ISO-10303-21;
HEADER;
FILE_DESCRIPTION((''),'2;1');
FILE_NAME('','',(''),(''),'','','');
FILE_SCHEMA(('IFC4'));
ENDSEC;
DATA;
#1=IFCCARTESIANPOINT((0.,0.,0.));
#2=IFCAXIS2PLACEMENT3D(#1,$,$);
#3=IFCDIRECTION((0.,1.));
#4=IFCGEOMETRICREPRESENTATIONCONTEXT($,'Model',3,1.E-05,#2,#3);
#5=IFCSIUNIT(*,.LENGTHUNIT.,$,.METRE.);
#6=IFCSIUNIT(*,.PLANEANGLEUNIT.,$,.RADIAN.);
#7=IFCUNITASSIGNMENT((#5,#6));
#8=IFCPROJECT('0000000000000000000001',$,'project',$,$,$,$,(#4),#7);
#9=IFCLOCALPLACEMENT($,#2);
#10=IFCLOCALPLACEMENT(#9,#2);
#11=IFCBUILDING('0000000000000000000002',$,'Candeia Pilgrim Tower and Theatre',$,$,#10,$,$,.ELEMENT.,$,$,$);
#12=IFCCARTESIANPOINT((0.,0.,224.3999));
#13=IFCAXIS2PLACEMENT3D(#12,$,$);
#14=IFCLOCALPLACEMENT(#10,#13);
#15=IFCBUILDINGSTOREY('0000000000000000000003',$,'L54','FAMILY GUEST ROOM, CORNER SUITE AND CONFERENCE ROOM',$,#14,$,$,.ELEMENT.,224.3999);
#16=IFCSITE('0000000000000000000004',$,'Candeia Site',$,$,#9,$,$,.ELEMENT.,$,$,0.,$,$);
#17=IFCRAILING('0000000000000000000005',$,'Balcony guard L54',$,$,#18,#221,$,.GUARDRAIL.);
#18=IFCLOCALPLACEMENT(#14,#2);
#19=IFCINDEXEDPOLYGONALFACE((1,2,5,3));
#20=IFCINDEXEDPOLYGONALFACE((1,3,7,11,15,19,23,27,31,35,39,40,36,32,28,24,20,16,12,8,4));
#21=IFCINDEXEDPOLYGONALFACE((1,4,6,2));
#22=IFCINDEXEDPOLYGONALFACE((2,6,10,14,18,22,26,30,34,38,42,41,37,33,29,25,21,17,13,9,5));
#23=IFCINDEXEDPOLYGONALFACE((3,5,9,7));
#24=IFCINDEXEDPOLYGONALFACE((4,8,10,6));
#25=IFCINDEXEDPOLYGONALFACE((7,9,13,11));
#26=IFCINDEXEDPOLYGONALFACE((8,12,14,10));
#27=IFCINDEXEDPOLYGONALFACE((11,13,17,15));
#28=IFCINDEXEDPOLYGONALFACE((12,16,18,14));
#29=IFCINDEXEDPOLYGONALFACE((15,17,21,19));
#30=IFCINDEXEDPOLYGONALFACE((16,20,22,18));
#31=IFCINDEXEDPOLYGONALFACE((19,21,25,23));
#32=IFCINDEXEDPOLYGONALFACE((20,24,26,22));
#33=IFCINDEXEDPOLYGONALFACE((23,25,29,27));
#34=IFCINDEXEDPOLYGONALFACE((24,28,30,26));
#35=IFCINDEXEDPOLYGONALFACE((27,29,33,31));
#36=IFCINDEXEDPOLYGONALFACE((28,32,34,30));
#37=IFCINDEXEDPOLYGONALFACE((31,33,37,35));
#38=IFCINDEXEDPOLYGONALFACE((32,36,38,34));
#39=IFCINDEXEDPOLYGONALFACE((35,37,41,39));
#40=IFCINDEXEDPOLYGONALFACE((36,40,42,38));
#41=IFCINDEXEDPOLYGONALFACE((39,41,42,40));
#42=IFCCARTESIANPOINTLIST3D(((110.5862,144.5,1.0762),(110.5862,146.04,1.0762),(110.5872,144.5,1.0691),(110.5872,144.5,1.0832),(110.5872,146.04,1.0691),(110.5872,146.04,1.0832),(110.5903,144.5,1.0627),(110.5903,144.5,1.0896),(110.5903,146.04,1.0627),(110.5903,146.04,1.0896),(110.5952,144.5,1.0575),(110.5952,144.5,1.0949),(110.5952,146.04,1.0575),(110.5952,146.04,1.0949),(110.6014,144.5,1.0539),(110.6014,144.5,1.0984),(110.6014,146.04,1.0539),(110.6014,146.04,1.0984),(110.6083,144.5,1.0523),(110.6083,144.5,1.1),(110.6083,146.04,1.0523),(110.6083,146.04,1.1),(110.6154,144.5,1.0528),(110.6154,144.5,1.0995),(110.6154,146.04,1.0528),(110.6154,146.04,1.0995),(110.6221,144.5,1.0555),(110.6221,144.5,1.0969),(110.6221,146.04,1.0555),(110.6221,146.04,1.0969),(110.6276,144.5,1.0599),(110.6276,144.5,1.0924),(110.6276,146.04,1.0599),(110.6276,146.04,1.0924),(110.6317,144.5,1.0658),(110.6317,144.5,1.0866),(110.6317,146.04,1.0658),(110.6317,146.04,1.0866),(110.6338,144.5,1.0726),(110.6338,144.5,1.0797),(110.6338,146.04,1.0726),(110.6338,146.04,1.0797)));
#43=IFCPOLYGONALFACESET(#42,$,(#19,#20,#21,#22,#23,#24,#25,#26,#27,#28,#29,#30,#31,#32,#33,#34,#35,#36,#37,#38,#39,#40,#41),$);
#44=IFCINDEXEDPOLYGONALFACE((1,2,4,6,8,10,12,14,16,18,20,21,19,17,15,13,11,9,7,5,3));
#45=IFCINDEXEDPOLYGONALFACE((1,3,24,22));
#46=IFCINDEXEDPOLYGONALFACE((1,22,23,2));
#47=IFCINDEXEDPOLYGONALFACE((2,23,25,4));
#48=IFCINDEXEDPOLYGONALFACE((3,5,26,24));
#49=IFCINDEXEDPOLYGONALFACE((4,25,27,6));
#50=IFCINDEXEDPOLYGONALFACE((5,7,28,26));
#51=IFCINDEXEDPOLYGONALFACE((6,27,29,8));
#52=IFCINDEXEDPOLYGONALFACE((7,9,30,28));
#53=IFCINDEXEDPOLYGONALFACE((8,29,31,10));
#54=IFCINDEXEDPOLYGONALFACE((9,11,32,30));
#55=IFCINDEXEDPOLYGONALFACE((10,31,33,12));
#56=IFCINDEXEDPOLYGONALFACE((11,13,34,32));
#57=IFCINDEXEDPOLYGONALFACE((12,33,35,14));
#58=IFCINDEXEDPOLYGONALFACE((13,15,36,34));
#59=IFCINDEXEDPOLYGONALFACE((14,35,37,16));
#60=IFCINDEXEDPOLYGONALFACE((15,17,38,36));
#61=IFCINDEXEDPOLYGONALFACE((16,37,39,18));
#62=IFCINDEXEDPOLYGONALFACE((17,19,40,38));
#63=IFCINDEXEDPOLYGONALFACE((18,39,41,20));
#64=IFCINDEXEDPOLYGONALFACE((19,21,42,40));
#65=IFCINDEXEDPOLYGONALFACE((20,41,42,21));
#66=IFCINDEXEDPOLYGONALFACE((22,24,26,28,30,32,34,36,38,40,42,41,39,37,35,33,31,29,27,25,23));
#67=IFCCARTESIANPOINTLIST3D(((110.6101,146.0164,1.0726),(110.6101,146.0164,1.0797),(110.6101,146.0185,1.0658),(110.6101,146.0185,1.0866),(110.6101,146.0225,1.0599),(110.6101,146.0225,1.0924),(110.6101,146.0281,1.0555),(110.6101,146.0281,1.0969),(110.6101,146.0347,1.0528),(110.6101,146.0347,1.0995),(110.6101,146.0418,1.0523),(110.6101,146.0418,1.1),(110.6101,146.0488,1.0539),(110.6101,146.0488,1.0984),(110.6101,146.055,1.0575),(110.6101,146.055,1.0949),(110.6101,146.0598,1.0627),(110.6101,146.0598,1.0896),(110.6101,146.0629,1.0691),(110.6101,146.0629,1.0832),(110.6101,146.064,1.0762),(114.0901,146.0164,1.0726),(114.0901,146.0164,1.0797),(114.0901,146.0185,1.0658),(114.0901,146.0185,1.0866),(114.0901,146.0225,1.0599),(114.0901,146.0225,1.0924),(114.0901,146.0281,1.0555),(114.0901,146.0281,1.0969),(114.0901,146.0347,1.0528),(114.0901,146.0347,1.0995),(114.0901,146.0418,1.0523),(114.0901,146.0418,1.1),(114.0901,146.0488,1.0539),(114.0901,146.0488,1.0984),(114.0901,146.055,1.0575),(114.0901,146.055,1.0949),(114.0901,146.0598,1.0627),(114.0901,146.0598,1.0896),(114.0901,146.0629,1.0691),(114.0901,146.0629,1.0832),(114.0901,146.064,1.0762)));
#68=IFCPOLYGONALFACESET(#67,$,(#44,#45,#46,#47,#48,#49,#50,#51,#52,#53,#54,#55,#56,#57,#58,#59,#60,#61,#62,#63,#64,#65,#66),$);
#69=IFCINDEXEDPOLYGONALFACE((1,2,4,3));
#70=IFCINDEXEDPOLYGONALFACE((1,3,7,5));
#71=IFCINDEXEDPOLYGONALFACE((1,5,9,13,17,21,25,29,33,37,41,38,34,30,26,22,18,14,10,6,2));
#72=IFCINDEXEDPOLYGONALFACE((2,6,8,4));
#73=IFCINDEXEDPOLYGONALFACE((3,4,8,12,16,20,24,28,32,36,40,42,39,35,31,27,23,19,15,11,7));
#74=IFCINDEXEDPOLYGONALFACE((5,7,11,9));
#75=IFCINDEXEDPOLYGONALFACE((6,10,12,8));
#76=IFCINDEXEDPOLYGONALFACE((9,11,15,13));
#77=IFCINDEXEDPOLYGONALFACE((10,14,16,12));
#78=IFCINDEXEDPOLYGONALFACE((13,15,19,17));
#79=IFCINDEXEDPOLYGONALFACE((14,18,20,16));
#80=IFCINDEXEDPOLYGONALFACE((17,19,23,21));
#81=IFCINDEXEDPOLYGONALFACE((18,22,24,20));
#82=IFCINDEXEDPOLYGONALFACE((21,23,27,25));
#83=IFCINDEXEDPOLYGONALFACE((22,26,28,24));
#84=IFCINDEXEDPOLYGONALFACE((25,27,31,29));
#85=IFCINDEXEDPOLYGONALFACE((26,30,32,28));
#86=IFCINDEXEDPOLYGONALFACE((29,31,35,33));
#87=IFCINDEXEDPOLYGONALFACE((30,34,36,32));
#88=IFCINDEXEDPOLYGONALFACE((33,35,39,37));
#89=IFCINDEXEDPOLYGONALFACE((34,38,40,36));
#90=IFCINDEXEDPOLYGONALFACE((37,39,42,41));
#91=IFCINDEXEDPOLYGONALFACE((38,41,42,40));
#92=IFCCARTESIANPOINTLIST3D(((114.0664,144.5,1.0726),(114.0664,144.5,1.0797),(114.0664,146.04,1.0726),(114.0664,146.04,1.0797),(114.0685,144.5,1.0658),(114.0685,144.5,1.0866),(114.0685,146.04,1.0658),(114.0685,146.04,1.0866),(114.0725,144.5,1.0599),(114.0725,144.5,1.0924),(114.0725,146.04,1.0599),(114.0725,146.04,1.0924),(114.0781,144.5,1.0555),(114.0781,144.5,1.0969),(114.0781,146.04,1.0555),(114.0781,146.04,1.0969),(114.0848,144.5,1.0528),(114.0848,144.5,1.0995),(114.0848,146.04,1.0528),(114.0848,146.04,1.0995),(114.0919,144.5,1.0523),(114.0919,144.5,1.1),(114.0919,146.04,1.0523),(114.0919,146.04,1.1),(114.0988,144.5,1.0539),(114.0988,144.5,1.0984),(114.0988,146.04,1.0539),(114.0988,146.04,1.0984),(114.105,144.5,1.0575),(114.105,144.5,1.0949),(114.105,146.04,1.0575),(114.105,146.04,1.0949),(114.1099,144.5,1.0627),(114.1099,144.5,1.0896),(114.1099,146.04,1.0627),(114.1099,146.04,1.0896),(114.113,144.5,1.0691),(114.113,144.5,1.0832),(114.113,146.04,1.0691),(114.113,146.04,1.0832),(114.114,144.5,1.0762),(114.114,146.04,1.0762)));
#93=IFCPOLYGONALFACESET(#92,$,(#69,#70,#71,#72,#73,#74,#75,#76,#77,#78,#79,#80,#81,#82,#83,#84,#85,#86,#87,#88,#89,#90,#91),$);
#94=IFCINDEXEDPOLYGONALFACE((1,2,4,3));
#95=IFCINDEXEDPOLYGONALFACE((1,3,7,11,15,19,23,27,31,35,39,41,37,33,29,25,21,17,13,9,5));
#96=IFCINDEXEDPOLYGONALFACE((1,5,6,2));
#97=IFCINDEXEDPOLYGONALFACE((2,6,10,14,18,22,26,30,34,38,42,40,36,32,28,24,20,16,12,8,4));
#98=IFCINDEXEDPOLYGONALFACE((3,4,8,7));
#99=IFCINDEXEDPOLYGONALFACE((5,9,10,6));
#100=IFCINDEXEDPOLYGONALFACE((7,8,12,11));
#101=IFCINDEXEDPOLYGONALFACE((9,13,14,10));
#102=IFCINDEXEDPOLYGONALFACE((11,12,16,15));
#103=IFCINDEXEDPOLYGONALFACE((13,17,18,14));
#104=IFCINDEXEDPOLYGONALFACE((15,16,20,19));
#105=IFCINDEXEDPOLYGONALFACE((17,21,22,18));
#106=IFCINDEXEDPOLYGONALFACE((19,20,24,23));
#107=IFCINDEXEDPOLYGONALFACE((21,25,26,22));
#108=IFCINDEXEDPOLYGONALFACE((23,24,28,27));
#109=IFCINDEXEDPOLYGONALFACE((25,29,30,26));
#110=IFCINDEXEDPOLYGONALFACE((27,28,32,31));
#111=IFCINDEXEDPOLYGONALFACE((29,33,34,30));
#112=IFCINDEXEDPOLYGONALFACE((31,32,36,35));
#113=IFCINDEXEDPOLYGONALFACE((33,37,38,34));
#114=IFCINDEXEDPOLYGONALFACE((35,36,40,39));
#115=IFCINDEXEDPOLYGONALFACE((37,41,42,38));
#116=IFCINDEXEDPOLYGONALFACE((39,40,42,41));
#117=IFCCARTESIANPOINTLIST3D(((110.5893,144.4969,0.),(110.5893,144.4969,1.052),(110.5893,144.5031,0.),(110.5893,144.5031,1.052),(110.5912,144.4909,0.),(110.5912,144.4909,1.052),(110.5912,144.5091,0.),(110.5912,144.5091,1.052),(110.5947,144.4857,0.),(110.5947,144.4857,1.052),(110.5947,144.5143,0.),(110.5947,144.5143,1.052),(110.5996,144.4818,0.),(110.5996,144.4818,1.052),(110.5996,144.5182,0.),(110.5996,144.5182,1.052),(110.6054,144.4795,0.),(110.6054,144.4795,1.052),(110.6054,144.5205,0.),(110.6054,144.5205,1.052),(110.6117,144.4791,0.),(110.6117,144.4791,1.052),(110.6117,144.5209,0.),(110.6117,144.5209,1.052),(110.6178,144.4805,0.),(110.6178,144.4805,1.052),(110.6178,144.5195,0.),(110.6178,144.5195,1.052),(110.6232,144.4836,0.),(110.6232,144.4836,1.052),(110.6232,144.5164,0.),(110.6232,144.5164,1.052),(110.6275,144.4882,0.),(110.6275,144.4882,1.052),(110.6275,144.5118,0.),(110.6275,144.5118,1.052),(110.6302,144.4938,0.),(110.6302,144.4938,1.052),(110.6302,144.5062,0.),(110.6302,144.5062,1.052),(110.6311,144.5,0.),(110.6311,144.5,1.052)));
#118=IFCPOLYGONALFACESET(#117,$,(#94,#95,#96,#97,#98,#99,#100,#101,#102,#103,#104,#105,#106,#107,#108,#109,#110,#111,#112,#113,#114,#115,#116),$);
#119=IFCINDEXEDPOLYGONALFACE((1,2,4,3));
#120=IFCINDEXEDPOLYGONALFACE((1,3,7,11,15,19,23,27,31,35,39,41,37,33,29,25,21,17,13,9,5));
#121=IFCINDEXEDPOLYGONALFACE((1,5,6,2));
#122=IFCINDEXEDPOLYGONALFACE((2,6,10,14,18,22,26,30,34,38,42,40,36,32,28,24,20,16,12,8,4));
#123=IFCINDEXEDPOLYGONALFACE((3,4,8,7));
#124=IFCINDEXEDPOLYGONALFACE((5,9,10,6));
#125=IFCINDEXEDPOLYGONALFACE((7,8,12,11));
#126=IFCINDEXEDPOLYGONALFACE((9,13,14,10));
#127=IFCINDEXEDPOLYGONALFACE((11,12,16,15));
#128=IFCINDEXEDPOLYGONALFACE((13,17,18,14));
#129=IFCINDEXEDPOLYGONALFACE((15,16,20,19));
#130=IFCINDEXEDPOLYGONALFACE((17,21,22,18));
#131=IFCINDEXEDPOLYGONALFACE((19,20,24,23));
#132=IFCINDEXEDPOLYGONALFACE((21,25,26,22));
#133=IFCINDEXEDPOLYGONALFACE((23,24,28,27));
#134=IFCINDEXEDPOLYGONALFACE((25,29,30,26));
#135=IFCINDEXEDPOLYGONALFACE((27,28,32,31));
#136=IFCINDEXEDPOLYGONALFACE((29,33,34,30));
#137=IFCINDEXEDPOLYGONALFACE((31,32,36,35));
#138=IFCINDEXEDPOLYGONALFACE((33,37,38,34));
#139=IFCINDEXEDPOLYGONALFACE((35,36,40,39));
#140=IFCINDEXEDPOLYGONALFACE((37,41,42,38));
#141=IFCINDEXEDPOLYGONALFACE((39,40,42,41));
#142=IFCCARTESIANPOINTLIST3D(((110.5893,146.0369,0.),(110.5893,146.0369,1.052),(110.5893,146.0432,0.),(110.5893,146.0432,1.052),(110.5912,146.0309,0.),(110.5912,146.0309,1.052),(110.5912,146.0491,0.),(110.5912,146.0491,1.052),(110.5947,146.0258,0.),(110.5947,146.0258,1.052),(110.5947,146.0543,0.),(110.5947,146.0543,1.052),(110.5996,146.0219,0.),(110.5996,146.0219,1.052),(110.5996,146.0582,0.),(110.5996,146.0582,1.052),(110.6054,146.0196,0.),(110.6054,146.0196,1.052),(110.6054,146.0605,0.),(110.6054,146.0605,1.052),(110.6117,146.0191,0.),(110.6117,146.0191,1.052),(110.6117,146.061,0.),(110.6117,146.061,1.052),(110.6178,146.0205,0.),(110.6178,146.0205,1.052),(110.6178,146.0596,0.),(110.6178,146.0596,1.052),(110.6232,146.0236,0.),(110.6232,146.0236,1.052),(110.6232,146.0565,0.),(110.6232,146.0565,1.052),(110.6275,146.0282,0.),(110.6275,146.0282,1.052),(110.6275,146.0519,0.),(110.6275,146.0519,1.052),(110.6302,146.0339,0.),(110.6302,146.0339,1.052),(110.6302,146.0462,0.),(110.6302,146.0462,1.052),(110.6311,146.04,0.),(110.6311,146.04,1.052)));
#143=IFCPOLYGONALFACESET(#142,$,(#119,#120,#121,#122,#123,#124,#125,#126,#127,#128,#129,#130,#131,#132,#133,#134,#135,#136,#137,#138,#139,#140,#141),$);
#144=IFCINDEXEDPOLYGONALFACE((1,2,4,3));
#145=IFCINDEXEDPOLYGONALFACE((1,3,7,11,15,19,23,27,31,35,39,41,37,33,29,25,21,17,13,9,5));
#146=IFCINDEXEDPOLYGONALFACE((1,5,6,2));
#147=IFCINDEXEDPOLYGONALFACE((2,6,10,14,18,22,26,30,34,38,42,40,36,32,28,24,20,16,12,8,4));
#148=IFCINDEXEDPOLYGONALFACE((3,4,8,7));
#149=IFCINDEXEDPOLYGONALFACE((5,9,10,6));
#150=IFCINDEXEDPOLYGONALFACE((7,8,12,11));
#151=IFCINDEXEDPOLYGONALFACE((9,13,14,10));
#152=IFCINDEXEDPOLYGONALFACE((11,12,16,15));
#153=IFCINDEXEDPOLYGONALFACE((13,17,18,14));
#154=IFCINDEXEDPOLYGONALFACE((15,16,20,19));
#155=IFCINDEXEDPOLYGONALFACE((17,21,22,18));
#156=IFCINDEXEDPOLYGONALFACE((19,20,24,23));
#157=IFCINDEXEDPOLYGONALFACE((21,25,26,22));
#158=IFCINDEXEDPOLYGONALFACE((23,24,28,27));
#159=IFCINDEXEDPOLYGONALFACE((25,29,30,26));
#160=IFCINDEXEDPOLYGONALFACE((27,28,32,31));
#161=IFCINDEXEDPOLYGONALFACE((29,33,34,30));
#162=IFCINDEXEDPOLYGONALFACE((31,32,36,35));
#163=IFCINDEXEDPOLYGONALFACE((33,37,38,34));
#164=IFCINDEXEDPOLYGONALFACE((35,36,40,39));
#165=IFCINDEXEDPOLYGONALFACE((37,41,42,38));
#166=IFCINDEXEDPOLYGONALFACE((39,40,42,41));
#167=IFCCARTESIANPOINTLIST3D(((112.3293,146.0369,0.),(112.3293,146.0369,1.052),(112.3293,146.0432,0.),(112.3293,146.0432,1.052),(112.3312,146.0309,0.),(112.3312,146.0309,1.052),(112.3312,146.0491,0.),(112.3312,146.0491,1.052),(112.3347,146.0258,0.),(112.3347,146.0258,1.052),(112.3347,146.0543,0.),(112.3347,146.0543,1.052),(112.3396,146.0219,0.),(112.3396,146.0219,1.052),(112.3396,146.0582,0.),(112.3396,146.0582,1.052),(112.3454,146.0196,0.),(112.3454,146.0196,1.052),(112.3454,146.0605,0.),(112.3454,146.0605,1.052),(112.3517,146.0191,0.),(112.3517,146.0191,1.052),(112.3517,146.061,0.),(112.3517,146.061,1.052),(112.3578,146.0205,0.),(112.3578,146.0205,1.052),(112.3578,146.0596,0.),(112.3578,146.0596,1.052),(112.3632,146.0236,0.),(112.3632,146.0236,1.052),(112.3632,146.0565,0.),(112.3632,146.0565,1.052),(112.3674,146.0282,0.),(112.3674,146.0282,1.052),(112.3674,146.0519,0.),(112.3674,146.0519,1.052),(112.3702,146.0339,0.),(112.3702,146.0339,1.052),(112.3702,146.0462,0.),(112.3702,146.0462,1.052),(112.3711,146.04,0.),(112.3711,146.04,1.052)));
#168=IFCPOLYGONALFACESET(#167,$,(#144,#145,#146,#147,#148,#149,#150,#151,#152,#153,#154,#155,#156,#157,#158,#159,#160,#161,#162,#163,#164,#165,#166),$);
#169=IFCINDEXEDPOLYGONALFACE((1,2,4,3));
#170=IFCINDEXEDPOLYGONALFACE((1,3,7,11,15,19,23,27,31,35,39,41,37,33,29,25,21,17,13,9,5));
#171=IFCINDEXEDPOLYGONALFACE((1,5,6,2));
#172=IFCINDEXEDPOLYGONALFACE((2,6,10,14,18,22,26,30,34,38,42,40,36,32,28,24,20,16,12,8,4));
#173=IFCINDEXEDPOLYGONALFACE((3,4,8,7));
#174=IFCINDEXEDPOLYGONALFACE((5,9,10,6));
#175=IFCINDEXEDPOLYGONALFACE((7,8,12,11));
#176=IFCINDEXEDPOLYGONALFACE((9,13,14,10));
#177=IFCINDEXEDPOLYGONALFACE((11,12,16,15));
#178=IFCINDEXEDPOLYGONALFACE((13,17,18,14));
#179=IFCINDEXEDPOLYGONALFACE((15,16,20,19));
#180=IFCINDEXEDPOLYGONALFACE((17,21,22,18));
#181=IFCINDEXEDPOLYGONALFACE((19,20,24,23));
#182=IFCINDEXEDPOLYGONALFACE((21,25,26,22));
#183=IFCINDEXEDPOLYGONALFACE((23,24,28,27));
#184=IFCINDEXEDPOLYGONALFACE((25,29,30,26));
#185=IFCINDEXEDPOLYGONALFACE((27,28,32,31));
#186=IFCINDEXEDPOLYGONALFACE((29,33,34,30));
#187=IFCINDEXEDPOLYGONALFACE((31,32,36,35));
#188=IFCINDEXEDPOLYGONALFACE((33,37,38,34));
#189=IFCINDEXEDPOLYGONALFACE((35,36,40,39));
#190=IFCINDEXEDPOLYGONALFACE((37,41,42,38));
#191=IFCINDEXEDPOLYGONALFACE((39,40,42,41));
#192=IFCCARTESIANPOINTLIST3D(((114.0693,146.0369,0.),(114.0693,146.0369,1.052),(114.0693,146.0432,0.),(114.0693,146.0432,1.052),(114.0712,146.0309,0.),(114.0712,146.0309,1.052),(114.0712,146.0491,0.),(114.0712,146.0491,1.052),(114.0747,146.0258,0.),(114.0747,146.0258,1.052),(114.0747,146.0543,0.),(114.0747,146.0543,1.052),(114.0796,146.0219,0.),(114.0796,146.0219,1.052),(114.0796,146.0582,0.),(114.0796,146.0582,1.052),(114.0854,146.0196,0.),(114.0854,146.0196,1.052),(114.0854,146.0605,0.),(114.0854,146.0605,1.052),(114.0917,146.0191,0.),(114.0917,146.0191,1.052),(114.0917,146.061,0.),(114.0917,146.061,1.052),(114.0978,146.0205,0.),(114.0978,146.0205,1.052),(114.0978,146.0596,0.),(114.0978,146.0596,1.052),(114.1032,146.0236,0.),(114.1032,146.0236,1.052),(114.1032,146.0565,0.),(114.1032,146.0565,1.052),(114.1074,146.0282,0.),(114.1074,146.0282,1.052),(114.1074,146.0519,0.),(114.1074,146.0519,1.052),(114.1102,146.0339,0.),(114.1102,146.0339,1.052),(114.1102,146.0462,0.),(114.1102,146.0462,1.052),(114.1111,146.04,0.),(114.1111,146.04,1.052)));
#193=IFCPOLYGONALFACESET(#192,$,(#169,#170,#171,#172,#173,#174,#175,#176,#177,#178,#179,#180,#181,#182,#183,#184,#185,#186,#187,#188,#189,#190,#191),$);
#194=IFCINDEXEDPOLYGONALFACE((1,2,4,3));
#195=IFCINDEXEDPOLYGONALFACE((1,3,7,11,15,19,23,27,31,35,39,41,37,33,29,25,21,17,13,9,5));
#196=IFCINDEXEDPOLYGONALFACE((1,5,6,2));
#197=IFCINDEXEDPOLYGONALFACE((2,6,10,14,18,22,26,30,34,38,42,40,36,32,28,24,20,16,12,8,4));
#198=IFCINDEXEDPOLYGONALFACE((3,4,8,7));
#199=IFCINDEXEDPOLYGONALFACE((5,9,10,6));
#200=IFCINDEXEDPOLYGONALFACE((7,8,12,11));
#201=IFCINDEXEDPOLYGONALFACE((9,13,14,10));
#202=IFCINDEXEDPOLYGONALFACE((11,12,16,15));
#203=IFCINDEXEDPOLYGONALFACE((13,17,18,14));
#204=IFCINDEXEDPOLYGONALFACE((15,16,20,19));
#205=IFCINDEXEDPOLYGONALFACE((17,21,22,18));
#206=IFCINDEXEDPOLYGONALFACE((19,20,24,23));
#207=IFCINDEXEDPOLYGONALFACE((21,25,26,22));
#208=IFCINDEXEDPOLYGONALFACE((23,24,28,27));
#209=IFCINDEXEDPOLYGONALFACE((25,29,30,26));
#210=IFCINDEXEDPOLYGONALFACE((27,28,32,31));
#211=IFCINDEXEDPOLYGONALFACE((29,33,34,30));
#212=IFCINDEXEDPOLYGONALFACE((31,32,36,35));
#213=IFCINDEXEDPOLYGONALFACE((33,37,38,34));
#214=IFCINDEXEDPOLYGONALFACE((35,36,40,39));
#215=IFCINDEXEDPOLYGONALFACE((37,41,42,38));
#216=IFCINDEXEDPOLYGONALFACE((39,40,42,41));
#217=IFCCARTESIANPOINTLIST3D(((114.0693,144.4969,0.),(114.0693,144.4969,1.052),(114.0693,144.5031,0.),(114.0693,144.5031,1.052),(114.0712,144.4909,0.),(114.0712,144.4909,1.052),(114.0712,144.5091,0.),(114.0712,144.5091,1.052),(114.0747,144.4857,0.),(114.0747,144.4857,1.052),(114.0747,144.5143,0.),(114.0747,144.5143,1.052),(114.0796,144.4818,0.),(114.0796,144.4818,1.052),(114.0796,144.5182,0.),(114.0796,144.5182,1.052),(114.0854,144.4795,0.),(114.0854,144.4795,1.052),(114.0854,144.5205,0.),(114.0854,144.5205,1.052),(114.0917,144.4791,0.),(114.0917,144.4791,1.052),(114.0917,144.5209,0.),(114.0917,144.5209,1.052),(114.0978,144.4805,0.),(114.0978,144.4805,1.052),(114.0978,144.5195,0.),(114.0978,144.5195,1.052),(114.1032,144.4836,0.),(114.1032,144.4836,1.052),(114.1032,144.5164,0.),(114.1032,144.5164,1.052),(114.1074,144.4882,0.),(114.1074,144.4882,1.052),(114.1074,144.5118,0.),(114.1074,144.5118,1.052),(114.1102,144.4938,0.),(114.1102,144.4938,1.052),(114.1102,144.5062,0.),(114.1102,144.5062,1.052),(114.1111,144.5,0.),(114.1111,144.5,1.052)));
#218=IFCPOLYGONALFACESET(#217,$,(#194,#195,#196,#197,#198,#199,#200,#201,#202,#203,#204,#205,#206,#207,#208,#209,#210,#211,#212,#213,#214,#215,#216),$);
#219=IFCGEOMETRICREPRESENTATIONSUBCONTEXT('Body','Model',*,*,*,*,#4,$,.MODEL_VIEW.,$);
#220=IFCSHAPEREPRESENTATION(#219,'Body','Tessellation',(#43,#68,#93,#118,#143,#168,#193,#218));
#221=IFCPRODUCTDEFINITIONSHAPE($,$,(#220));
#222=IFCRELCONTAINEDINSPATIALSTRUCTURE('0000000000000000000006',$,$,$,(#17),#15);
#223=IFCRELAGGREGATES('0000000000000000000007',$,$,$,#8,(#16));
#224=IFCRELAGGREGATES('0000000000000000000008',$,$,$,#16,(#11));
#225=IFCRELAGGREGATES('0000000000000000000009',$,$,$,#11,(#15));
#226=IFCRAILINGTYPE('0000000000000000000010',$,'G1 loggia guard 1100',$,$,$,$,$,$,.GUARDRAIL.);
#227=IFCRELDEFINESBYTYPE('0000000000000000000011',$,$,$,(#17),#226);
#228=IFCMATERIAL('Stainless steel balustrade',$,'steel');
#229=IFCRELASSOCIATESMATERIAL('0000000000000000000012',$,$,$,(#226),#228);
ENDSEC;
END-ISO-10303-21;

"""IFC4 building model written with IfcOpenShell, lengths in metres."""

from ifc_helpers import new_model, si_unit, direction, frame, origin, origin_2d, place, context, subcontext, project, spatial, circle, extrude, material, type_object, element, save


model = new_model("IFC4")

# Units and contexts
model_context = context("Model", 3, precision=1e-05, world=origin(), true_north=direction((0.0, 1.0)))
body_context = subcontext(model_context, "Body", "Model", "MODEL_VIEW")
ifc_project = project(units=[si_unit("LENGTHUNIT", "METRE"), si_unit("PLANEANGLEUNIT", "RADIAN")], contexts=[model_context])

# Site, building, storey
site_placement = place(None, origin())
site = spatial("IfcSite", under=ifc_project, at=site_placement, Name="Candeia Site", CompositionType="ELEMENT", RefElevation=0.0)
building_placement = place(site_placement, origin())
building = spatial("IfcBuilding", under=site, at=building_placement, Name="Candeia Pilgrim Tower and Theatre", CompositionType="ELEMENT")
storey_placement = place(building_placement, frame((0.0, 0.0, 224.3999)))
storey = spatial("IfcBuildingStorey", under=building, at=storey_placement, Name="L54", Description="FAMILY GUEST ROOM, CORNER SUITE AND CONFERENCE ROOM", CompositionType="ELEMENT", Elevation=224.3999)

# Railing
ifc_material_1 = material(Name="Stainless steel balustrade", Category="steel")
railing_type = type_object("IfcRailingType", Name="G1 loggia guard 1100", PredefinedType="GUARDRAIL", material=ifc_material_1)
railing_placement = place(storey_placement, frame((110.6101, 144.5, 0.0)))
element("IfcRailing", 1, at=railing_placement, inside=storey, type_object=railing_type, Name="Balcony guard L54", PredefinedType="GUARDRAIL", context=body_context, shape_type="SweptSolid", body=[
    extrude(circle(Radius=0.0239, at=origin_2d()), frame((0.0, 0.0, 1.0762), z_axis=(0.0, 1.0, 0.0), x_axis=(-1.0, 0.0, 0.0)), (0.0, 0.0, 1.0), 1.54),
    extrude(circle(Radius=0.0239, at=origin_2d()), frame((0.0, 1.54, 1.0762), z_axis=(1.0, 0.0, 0.0), x_axis=(0.0, 1.0, 0.0)), (0.0, 0.0, 1.0), 3.48),
    extrude(circle(Radius=0.0239, at=origin_2d()), frame((3.48, 1.54, 1.0762), z_axis=(0.0, -1.0, 0.0), x_axis=(1.0, 0.0, 0.0)), (0.0, 0.0, 1.0), 1.54),
    extrude(circle(Radius=0.021, at=origin_2d()), origin(), (0.0, 0.0, 1.0), 1.052),
    extrude(circle(Radius=0.021, at=origin_2d()), frame((0.0, 1.54, 0.0)), (0.0, 0.0, 1.0), 1.052),
    extrude(circle(Radius=0.021, at=origin_2d()), frame((1.74, 1.54, 0.0)), (0.0, 0.0, 1.0), 1.052),
    extrude(circle(Radius=0.021, at=origin_2d()), frame((3.48, 1.54, 0.0)), (0.0, 0.0, 1.0), 1.052),
    extrude(circle(Radius=0.021, at=origin_2d()), frame((3.48, 0.0, 0.0)), (0.0, 0.0, 1.0), 1.052),
])

save(model, "model.ifc")
